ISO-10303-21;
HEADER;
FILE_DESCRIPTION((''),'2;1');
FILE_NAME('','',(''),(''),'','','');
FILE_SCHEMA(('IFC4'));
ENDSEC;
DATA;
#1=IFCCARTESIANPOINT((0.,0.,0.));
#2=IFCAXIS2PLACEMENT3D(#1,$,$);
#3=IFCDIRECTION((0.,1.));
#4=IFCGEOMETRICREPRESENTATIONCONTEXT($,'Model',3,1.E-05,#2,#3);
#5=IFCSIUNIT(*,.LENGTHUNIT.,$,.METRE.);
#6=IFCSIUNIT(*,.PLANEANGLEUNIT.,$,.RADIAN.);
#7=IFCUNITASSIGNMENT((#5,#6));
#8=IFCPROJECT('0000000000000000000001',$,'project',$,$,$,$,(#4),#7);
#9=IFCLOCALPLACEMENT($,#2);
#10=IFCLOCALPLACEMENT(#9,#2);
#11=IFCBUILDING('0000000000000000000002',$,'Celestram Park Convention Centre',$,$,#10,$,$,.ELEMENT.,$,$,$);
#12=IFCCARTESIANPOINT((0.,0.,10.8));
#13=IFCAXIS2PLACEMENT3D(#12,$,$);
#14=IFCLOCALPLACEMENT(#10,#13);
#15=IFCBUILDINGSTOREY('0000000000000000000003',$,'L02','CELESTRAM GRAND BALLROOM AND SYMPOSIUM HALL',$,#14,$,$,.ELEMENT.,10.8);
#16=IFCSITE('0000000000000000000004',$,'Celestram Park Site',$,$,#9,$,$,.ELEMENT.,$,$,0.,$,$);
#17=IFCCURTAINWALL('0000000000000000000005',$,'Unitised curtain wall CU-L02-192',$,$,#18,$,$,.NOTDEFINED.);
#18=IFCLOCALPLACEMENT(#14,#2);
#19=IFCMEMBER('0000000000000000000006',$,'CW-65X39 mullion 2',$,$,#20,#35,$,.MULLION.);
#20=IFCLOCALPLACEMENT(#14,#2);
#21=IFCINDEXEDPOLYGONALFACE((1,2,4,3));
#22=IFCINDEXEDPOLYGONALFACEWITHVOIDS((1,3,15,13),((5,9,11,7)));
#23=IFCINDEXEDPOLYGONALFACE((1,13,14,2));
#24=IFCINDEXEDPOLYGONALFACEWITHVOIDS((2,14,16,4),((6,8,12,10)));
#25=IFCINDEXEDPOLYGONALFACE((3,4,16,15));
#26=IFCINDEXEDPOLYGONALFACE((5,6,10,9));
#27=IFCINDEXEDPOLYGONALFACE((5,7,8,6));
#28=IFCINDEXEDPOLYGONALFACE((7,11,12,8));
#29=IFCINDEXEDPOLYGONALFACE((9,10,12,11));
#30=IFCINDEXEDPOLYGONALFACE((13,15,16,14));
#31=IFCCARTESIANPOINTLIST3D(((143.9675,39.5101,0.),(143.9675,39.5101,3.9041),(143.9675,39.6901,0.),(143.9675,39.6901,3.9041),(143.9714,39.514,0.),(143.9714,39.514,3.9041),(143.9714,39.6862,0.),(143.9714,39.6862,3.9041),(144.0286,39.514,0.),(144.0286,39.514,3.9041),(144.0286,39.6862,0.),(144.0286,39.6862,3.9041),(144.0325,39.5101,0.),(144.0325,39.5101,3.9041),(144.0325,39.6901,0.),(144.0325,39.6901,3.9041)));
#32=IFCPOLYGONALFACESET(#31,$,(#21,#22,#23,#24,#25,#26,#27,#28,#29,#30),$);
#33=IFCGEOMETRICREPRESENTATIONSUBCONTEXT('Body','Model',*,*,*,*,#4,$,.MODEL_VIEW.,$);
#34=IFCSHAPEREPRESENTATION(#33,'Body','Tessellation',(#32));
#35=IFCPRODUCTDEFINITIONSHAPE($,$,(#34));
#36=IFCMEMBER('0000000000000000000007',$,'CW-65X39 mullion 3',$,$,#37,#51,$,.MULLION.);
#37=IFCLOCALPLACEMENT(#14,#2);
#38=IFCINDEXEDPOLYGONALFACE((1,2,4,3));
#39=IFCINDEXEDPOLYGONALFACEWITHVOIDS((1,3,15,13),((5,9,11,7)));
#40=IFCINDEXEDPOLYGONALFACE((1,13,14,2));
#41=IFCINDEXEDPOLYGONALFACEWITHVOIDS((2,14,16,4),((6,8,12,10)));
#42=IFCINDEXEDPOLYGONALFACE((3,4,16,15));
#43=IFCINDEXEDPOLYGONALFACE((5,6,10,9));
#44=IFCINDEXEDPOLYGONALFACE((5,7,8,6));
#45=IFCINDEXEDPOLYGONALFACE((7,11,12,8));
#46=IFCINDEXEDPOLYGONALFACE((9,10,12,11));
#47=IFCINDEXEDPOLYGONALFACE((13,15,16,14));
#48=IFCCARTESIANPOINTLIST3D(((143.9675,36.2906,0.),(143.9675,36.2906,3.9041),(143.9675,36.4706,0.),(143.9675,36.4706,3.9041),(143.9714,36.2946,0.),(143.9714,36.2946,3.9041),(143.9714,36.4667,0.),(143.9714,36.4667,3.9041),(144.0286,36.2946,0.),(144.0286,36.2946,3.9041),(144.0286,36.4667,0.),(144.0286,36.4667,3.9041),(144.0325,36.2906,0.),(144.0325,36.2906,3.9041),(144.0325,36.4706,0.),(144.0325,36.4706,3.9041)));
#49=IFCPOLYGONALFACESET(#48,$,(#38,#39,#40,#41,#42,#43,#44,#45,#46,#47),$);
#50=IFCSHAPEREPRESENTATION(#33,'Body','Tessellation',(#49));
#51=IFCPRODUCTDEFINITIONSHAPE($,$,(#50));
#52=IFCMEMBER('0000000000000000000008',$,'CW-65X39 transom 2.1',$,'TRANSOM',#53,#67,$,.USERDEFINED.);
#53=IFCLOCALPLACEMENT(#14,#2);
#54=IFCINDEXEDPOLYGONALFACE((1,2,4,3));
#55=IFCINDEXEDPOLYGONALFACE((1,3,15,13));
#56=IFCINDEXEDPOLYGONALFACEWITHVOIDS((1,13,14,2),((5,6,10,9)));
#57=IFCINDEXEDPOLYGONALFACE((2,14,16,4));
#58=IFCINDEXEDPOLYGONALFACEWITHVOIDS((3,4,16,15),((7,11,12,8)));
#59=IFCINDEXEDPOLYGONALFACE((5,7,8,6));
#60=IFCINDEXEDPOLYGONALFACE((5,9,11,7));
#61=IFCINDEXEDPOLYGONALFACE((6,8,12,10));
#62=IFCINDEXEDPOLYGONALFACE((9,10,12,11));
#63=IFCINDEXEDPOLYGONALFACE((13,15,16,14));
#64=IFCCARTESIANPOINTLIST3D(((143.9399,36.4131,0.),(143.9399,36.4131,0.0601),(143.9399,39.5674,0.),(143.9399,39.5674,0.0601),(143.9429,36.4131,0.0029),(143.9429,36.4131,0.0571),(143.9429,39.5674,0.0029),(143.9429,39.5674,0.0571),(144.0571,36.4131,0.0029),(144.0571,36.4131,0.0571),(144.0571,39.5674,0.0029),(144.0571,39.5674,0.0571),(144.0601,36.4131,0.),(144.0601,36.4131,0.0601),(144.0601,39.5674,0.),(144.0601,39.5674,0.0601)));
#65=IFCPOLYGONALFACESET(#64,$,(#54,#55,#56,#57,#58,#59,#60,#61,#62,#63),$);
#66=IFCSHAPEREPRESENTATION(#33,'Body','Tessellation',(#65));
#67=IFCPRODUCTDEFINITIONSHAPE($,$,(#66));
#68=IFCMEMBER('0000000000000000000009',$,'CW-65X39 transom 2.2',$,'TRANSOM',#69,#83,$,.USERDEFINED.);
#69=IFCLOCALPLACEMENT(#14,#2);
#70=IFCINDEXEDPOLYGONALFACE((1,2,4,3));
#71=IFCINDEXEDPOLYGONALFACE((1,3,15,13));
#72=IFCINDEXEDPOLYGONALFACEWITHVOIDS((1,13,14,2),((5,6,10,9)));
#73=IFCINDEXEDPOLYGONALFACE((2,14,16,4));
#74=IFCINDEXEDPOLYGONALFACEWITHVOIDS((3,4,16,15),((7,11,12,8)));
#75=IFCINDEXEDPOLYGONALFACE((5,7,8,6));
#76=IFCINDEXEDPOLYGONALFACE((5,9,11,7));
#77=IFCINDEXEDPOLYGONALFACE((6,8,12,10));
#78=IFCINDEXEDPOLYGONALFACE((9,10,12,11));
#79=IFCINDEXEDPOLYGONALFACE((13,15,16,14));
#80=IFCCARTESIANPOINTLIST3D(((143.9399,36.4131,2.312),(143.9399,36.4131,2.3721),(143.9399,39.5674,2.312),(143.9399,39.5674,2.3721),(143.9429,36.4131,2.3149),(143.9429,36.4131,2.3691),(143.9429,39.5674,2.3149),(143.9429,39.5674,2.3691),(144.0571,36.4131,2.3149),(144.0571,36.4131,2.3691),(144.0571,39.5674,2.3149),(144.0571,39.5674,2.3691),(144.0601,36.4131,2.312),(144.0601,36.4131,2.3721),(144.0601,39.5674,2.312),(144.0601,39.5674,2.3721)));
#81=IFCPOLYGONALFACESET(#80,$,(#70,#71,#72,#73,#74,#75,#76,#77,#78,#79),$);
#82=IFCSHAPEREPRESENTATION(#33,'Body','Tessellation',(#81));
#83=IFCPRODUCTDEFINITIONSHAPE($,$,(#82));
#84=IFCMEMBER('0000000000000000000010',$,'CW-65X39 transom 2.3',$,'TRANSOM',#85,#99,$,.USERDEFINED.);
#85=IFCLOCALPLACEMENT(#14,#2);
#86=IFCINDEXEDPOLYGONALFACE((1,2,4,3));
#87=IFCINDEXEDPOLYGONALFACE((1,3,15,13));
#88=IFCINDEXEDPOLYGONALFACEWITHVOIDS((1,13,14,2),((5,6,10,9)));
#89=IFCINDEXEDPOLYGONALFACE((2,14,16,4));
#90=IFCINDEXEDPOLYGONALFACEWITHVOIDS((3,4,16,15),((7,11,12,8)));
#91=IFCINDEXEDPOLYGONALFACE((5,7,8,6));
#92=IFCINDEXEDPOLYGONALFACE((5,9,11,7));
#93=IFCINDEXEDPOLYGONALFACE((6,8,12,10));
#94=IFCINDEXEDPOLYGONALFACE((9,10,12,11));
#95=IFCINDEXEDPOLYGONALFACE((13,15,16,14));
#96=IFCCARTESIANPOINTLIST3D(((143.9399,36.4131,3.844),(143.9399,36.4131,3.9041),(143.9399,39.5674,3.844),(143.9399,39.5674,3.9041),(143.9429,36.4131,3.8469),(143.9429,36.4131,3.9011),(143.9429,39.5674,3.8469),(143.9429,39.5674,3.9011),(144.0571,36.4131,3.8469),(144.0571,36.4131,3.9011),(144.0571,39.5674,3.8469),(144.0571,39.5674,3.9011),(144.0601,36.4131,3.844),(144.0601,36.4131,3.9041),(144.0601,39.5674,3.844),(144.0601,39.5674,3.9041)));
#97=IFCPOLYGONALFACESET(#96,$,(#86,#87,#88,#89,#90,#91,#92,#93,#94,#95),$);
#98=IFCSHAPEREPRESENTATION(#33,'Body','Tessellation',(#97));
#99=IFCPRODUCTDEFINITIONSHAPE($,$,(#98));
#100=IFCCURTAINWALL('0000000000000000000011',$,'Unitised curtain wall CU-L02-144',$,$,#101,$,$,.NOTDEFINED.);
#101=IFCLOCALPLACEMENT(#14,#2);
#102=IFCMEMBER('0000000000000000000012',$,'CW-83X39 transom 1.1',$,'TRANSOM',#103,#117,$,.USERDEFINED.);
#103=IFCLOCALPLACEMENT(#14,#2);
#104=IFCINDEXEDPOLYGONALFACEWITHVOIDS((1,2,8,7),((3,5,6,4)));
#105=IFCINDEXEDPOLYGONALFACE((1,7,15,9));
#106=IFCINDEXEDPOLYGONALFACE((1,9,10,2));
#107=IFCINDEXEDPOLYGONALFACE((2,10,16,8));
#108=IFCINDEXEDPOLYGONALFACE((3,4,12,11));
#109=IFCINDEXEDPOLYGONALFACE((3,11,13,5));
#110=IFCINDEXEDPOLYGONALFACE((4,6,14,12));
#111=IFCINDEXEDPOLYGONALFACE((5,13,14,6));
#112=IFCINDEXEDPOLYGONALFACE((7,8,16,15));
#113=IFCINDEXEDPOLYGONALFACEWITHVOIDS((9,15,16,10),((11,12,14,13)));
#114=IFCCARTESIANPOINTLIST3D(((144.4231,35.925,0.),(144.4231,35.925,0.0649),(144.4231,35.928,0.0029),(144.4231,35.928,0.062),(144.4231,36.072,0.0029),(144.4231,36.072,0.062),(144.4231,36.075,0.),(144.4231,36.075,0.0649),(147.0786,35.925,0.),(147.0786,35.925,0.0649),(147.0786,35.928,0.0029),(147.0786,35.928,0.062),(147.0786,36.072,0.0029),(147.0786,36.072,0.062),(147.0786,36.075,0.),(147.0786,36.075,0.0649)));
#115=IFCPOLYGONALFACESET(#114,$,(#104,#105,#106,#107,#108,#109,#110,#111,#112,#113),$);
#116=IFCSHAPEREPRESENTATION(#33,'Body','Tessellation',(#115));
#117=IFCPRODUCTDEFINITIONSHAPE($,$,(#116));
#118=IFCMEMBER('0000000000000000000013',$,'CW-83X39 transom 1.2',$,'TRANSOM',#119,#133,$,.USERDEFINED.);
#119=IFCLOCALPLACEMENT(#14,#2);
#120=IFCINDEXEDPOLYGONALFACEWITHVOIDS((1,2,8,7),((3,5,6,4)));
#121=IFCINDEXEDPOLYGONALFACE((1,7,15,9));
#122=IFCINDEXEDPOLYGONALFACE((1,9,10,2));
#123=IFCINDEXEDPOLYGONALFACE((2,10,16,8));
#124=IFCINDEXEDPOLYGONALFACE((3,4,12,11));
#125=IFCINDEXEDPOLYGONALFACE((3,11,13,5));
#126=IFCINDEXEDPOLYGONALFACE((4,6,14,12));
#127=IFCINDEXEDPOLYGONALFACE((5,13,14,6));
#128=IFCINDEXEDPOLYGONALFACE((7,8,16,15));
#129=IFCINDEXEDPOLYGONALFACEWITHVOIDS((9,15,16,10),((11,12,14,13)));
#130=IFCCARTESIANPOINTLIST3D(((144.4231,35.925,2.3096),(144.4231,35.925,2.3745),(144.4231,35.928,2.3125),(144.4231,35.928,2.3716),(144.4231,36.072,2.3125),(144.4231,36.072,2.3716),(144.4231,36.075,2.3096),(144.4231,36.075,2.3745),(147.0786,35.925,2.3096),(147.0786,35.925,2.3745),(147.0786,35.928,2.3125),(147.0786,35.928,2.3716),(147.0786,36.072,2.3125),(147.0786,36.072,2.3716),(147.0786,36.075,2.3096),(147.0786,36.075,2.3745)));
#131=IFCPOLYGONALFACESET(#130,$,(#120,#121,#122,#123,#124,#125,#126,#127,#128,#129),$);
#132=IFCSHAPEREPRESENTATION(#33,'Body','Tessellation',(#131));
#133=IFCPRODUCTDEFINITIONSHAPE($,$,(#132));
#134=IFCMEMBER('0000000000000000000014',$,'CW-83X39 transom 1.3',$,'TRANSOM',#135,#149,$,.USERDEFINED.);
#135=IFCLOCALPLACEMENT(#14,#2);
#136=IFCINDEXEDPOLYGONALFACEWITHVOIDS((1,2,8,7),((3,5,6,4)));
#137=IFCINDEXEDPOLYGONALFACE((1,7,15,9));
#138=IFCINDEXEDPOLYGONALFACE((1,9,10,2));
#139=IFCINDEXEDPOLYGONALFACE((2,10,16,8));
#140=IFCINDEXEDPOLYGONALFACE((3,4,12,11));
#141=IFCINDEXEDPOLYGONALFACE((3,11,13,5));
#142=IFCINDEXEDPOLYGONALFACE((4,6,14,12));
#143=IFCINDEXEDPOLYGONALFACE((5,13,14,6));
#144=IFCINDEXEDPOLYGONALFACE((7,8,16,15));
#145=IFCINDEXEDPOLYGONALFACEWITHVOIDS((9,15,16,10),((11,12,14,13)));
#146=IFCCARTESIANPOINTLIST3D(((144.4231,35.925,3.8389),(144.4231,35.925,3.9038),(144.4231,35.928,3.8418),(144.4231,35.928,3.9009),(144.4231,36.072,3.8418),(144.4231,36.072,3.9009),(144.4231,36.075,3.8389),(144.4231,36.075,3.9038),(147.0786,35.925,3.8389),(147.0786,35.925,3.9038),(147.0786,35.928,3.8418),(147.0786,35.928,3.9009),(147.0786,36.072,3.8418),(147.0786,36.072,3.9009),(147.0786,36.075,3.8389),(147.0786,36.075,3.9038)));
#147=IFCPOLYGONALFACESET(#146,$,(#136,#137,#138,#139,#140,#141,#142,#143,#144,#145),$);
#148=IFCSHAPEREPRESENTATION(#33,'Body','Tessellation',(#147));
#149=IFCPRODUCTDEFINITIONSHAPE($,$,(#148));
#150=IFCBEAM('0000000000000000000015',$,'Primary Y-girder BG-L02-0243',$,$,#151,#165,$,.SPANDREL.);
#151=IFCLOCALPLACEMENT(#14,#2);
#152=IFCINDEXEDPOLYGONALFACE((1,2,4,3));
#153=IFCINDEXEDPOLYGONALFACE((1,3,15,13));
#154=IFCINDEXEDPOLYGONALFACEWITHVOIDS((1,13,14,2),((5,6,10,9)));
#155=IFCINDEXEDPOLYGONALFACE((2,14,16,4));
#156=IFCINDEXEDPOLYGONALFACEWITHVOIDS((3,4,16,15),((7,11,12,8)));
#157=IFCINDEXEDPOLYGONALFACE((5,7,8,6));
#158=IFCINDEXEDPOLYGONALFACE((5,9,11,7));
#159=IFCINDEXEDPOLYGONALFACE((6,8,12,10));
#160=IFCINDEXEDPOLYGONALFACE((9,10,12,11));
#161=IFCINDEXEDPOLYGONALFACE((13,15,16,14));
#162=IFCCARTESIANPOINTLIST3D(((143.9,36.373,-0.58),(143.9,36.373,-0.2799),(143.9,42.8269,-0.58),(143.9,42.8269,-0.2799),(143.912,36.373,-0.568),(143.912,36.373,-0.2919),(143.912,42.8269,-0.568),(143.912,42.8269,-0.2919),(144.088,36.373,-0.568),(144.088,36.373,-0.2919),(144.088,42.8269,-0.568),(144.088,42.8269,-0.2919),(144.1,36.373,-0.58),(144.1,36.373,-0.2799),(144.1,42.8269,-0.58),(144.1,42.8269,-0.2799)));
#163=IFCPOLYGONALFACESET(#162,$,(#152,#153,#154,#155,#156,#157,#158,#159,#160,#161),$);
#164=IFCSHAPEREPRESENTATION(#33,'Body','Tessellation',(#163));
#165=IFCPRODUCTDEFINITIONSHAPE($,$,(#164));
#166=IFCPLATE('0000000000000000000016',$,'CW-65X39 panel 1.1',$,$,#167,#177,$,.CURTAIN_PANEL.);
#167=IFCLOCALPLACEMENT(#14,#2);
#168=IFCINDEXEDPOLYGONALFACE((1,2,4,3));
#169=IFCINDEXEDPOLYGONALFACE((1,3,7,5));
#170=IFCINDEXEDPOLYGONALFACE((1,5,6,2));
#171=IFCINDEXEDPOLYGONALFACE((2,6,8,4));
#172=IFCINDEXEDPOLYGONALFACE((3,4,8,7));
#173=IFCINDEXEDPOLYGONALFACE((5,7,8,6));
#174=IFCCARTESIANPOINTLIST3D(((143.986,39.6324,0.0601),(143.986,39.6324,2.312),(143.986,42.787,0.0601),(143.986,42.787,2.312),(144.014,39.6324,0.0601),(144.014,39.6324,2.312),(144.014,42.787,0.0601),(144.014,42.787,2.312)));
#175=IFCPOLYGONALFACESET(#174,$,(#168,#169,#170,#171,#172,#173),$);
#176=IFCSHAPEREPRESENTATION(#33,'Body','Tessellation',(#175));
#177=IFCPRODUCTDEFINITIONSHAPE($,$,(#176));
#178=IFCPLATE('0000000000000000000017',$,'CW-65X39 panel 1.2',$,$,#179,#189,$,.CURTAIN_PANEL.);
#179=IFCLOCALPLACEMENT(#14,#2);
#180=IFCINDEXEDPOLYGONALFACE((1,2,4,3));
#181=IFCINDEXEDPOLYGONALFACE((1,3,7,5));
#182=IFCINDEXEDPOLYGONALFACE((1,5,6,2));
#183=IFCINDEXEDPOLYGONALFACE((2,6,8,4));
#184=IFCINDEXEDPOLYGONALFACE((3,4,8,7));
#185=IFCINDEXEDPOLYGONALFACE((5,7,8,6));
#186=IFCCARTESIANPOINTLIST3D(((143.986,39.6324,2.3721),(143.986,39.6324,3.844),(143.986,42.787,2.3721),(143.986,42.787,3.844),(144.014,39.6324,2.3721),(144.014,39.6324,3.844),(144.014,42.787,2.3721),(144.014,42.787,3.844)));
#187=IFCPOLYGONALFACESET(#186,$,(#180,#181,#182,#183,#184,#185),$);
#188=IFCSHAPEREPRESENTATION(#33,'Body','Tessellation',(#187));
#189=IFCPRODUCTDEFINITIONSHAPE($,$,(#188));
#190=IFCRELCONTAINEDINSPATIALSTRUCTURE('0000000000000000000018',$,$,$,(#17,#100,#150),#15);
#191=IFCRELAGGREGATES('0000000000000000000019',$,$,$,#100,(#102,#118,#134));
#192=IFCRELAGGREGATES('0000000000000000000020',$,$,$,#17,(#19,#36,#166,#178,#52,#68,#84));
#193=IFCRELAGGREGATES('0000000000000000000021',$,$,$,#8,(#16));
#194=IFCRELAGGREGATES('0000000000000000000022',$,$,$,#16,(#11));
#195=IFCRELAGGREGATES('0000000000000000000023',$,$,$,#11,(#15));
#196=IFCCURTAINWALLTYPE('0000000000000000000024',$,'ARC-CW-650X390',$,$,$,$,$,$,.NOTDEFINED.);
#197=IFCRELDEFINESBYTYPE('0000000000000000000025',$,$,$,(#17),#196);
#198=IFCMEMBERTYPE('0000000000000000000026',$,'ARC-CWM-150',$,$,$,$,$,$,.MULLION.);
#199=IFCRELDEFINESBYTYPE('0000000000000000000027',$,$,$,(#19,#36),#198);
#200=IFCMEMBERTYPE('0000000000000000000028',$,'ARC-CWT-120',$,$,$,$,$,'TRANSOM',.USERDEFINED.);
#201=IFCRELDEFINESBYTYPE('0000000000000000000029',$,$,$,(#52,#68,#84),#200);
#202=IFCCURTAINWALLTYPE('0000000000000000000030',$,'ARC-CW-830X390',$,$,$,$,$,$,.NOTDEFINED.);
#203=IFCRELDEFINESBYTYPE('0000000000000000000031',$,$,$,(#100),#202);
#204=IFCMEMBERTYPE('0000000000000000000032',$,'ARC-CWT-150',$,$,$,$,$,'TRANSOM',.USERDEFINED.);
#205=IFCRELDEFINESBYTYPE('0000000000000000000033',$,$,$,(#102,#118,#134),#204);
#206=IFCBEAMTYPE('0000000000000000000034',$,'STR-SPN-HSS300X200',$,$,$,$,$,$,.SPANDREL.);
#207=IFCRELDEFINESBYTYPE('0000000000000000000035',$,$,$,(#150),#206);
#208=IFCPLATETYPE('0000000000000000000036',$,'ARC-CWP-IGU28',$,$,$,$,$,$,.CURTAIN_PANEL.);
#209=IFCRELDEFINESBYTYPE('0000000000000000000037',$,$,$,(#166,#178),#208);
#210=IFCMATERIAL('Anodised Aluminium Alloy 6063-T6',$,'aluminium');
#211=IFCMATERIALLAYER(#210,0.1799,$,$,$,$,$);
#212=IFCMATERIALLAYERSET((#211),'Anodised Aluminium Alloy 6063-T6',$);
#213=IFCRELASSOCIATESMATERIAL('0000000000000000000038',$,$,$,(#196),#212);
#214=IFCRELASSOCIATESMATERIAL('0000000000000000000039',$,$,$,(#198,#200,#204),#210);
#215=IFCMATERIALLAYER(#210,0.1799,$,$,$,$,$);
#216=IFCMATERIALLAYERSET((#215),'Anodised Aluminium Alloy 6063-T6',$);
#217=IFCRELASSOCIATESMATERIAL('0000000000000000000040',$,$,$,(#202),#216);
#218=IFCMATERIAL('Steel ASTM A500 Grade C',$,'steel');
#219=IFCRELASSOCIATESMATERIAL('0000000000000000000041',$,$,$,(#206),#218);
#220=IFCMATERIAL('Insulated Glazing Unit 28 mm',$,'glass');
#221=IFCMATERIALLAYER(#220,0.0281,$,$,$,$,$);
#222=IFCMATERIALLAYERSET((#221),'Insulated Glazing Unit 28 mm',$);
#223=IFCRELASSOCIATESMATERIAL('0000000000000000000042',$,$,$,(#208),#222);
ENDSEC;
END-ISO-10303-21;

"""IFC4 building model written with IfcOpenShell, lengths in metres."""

from ifc_helpers import new_model, si_unit, direction, frame, origin, origin_2d, place, context, subcontext, project, spatial, rectangle, hollow_rectangle, extrude, material, layer, layer_set, material_profile, profile_set, type_object, element, aggregate, save


model = new_model("IFC4")

# Units and contexts
model_context = context("Model", 3, precision=1e-05, world=origin(), true_north=direction((0.0, 1.0)))
body_context = subcontext(model_context, "Body", "Model", "MODEL_VIEW")
ifc_project = project(units=[si_unit("LENGTHUNIT", "METRE"), si_unit("PLANEANGLEUNIT", "RADIAN")], contexts=[model_context])

# Site, building, storey
site_placement = place(None, origin())
site = spatial("IfcSite", under=ifc_project, at=site_placement, Name="Celestram Park Site", CompositionType="ELEMENT", RefElevation=0.0)
building_placement = place(site_placement, origin())
building = spatial("IfcBuilding", under=site, at=building_placement, Name="Celestram Park Convention Centre", CompositionType="ELEMENT")
storey_placement = place(building_placement, frame((0.0, 0.0, 10.8)))
storey = spatial("IfcBuildingStorey", under=building, at=storey_placement, Name="L02", Description="CELESTRAM GRAND BALLROOM AND SYMPOSIUM HALL", CompositionType="ELEMENT", Elevation=10.8)

# Curtain walls, members
ifc_material_1 = material(Name="Anodised Aluminium Alloy 6063-T6", Category="aluminium")
ifc_layer_1 = layer(ifc_material_1, 0.1799)
ifc_layer_set_1 = layer_set([ifc_layer_1], Name="Anodised Aluminium Alloy 6063-T6")
curtain_wall_type_1 = type_object("IfcCurtainWallType", Name="ARC-CW-650X390", PredefinedType="NOTDEFINED", material=ifc_layer_set_1)
curtain_wall_1_placement = place(storey_placement, origin())
curtain_wall_1 = element("IfcCurtainWall", 1, at=curtain_wall_1_placement, inside=storey, type_object=curtain_wall_type_1, Name="Unitised curtain wall CU-L02-192", PredefinedType="NOTDEFINED")
ifc_material_profile_1 = material_profile(ifc_material_1, hollow_rectangle(XDim=0.0649, YDim=0.1799, WallThickness=0.0039, at=origin_2d()), Name="ALU65X180X4")
ifc_profile_set_1 = profile_set([ifc_material_profile_1], Name="Anodised Aluminium Alloy 6063-T6")
member_type_1 = type_object("IfcMemberType", Name="ARC-CWM-150", PredefinedType="MULLION", material=ifc_profile_set_1)
member_1_placement = place(storey_placement, frame((144.0, 39.6001, 0.0), z_axis=(0.0, 0.0, 1.0), x_axis=(1.0, 0.0, 0.0)))
member_1 = element("IfcMember", 2, at=member_1_placement, type_object=member_type_1, Name="CW-65X39 mullion 2", PredefinedType="MULLION", context=body_context, shape_type="SweptSolid", body=[
    extrude(hollow_rectangle(XDim=0.0649, YDim=0.1799, WallThickness=0.0039, at=origin_2d()), origin(), (0.0, 0.0, 1.0), 3.9041),
])
member_2_placement = place(storey_placement, frame((144.0, 36.3806, 0.0), z_axis=(0.0, 0.0, 1.0), x_axis=(1.0, 0.0, 0.0)))
member_2 = element("IfcMember", 3, at=member_2_placement, type_object=member_type_1, Name="CW-65X39 mullion 3", PredefinedType="MULLION", context=body_context, shape_type="SweptSolid", body=[
    extrude(hollow_rectangle(XDim=0.0649, YDim=0.1799, WallThickness=0.0039, at=origin_2d()), origin(), (0.0, 0.0, 1.0), 3.9041),
])
ifc_material_profile_2 = material_profile(ifc_material_1, hollow_rectangle(XDim=0.1201, YDim=0.0601, WallThickness=0.0029, at=origin_2d()), Name="ALU120X60X3")
ifc_profile_set_2 = profile_set([ifc_material_profile_2], Name="Anodised Aluminium Alloy 6063-T6")
member_type_2 = type_object("IfcMemberType", Name="ARC-CWT-120", ElementType="TRANSOM", PredefinedType="USERDEFINED", material=ifc_profile_set_2)
member_3_placement = place(storey_placement, frame((144.0, 39.5674, 0.03), z_axis=(0.0, -1.0, 0.0), x_axis=(1.0, 0.0, 0.0)))
member_3 = element("IfcMember", 4, at=member_3_placement, type_object=member_type_2, Name="CW-65X39 transom 2.1", ObjectType="TRANSOM", PredefinedType="USERDEFINED", context=body_context, shape_type="SweptSolid", body=[
    extrude(hollow_rectangle(XDim=0.1201, YDim=0.0601, WallThickness=0.0029, at=origin_2d()), origin(), (0.0, 0.0, 1.0), 3.1543),
])
member_4_placement = place(storey_placement, frame((144.0, 39.5674, 2.342), z_axis=(0.0, -1.0, 0.0), x_axis=(1.0, 0.0, 0.0)))
member_4 = element("IfcMember", 5, at=member_4_placement, type_object=member_type_2, Name="CW-65X39 transom 2.2", ObjectType="TRANSOM", PredefinedType="USERDEFINED", context=body_context, shape_type="SweptSolid", body=[
    extrude(hollow_rectangle(XDim=0.1201, YDim=0.0601, WallThickness=0.0029, at=origin_2d()), origin(), (0.0, 0.0, 1.0), 3.1543),
])
member_5_placement = place(storey_placement, frame((144.0, 39.5674, 3.874), z_axis=(0.0, -1.0, 0.0), x_axis=(1.0, 0.0, 0.0)))
member_5 = element("IfcMember", 6, at=member_5_placement, type_object=member_type_2, Name="CW-65X39 transom 2.3", ObjectType="TRANSOM", PredefinedType="USERDEFINED", context=body_context, shape_type="SweptSolid", body=[
    extrude(hollow_rectangle(XDim=0.1201, YDim=0.0601, WallThickness=0.0029, at=origin_2d()), origin(), (0.0, 0.0, 1.0), 3.1543),
])
ifc_layer_2 = layer(ifc_material_1, 0.1799)
ifc_layer_set_2 = layer_set([ifc_layer_2], Name="Anodised Aluminium Alloy 6063-T6")
curtain_wall_type_2 = type_object("IfcCurtainWallType", Name="ARC-CW-830X390", PredefinedType="NOTDEFINED", material=ifc_layer_set_2)
curtain_wall_2_placement = place(storey_placement, origin())
curtain_wall_2 = element("IfcCurtainWall", 7, at=curtain_wall_2_placement, inside=storey, type_object=curtain_wall_type_2, Name="Unitised curtain wall CU-L02-144", PredefinedType="NOTDEFINED")
ifc_material_profile_3 = material_profile(ifc_material_1, hollow_rectangle(XDim=0.1499, YDim=0.0649, WallThickness=0.0029, at=origin_2d()), Name="ALU150X65X3")
ifc_profile_set_3 = profile_set([ifc_material_profile_3], Name="Anodised Aluminium Alloy 6063-T6")
member_type_3 = type_object("IfcMemberType", Name="ARC-CWT-150", ElementType="TRANSOM", PredefinedType="USERDEFINED", material=ifc_profile_set_3)
member_6_placement = place(storey_placement, frame((144.4231, 36.0, 0.0325), z_axis=(1.0, 0.0, 0.0), x_axis=(0.0, 1.0, 0.0)))
member_6 = element("IfcMember", 8, at=member_6_placement, type_object=member_type_3, Name="CW-83X39 transom 1.1", ObjectType="TRANSOM", PredefinedType="USERDEFINED", context=body_context, shape_type="SweptSolid", body=[
    extrude(hollow_rectangle(XDim=0.1499, YDim=0.0649, WallThickness=0.0029, at=origin_2d()), origin(), (0.0, 0.0, 1.0), 2.6555),
])
member_7_placement = place(storey_placement, frame((144.4231, 36.0, 2.342), z_axis=(1.0, 0.0, 0.0), x_axis=(0.0, 1.0, 0.0)))
member_7 = element("IfcMember", 9, at=member_7_placement, type_object=member_type_3, Name="CW-83X39 transom 1.2", ObjectType="TRANSOM", PredefinedType="USERDEFINED", context=body_context, shape_type="SweptSolid", body=[
    extrude(hollow_rectangle(XDim=0.1499, YDim=0.0649, WallThickness=0.0029, at=origin_2d()), origin(), (0.0, 0.0, 1.0), 2.6555),
])
member_8_placement = place(storey_placement, frame((144.4231, 36.0, 3.8713), z_axis=(1.0, 0.0, 0.0), x_axis=(0.0, 1.0, 0.0)))
member_8 = element("IfcMember", 10, at=member_8_placement, type_object=member_type_3, Name="CW-83X39 transom 1.3", ObjectType="TRANSOM", PredefinedType="USERDEFINED", context=body_context, shape_type="SweptSolid", body=[
    extrude(hollow_rectangle(XDim=0.1499, YDim=0.0649, WallThickness=0.0029, at=origin_2d()), origin(), (0.0, 0.0, 1.0), 2.6555),
])
aggregate(curtain_wall_2, [member_6, member_7, member_8])

# Beam
ifc_material_2 = material(Name="Steel ASTM A500 Grade C", Category="steel")
ifc_material_profile_4 = material_profile(ifc_material_2, hollow_rectangle(XDim=0.2, YDim=0.3, WallThickness=0.012, at=origin_2d()), Name="HSS300X200X12")
ifc_profile_set_4 = profile_set([ifc_material_profile_4], Name="Steel ASTM A500 Grade C")
beam_type = type_object("IfcBeamType", Name="STR-SPN-HSS300X200", PredefinedType="SPANDREL", material=ifc_profile_set_4)
beam_placement = place(storey_placement, frame((144.0, 36.373, -0.4299), z_axis=(0.0, 1.0, 0.0), x_axis=(-1.0, 0.0, 0.0)))
element("IfcBeam", 11, at=beam_placement, inside=storey, type_object=beam_type, Name="Primary Y-girder BG-L02-0243", PredefinedType="SPANDREL", context=body_context, shape_type="SweptSolid", body=[
    extrude(hollow_rectangle(XDim=0.2, YDim=0.3, WallThickness=0.012, at=origin_2d()), origin(), (0.0, 0.0, 1.0), 6.4539),
])

# Plates
ifc_material_3 = material(Name="Insulated Glazing Unit 28 mm", Category="glass")
ifc_layer_3 = layer(ifc_material_3, 0.0281)
ifc_layer_set_3 = layer_set([ifc_layer_3], Name="Insulated Glazing Unit 28 mm")
plate_type = type_object("IfcPlateType", Name="ARC-CWP-IGU28", PredefinedType="CURTAIN_PANEL", material=ifc_layer_set_3)
plate_1_placement = place(storey_placement, frame((144.0, 41.2097, 0.0601), z_axis=(0.0, 0.0, 1.0), x_axis=(0.0, -1.0, 0.0)))
plate_1 = element("IfcPlate", 12, at=plate_1_placement, type_object=plate_type, Name="CW-65X39 panel 1.1", PredefinedType="CURTAIN_PANEL", context=body_context, shape_type="SweptSolid", body=[
    extrude(rectangle(XDim=3.1545, YDim=0.0281, at=origin_2d()), origin(), (0.0, 0.0, 1.0), 2.252),
])
plate_2_placement = place(storey_placement, frame((144.0, 41.2097, 2.3721), z_axis=(0.0, 0.0, 1.0), x_axis=(0.0, -1.0, 0.0)))
plate_2 = element("IfcPlate", 13, at=plate_2_placement, type_object=plate_type, Name="CW-65X39 panel 1.2", PredefinedType="CURTAIN_PANEL", context=body_context, shape_type="SweptSolid", body=[
    extrude(rectangle(XDim=3.1545, YDim=0.0281, at=origin_2d()), origin(), (0.0, 0.0, 1.0), 1.4719),
])
aggregate(curtain_wall_1, [member_1, member_2, plate_1, plate_2, member_3, member_4, member_5])

save(model, "model.ifc")
